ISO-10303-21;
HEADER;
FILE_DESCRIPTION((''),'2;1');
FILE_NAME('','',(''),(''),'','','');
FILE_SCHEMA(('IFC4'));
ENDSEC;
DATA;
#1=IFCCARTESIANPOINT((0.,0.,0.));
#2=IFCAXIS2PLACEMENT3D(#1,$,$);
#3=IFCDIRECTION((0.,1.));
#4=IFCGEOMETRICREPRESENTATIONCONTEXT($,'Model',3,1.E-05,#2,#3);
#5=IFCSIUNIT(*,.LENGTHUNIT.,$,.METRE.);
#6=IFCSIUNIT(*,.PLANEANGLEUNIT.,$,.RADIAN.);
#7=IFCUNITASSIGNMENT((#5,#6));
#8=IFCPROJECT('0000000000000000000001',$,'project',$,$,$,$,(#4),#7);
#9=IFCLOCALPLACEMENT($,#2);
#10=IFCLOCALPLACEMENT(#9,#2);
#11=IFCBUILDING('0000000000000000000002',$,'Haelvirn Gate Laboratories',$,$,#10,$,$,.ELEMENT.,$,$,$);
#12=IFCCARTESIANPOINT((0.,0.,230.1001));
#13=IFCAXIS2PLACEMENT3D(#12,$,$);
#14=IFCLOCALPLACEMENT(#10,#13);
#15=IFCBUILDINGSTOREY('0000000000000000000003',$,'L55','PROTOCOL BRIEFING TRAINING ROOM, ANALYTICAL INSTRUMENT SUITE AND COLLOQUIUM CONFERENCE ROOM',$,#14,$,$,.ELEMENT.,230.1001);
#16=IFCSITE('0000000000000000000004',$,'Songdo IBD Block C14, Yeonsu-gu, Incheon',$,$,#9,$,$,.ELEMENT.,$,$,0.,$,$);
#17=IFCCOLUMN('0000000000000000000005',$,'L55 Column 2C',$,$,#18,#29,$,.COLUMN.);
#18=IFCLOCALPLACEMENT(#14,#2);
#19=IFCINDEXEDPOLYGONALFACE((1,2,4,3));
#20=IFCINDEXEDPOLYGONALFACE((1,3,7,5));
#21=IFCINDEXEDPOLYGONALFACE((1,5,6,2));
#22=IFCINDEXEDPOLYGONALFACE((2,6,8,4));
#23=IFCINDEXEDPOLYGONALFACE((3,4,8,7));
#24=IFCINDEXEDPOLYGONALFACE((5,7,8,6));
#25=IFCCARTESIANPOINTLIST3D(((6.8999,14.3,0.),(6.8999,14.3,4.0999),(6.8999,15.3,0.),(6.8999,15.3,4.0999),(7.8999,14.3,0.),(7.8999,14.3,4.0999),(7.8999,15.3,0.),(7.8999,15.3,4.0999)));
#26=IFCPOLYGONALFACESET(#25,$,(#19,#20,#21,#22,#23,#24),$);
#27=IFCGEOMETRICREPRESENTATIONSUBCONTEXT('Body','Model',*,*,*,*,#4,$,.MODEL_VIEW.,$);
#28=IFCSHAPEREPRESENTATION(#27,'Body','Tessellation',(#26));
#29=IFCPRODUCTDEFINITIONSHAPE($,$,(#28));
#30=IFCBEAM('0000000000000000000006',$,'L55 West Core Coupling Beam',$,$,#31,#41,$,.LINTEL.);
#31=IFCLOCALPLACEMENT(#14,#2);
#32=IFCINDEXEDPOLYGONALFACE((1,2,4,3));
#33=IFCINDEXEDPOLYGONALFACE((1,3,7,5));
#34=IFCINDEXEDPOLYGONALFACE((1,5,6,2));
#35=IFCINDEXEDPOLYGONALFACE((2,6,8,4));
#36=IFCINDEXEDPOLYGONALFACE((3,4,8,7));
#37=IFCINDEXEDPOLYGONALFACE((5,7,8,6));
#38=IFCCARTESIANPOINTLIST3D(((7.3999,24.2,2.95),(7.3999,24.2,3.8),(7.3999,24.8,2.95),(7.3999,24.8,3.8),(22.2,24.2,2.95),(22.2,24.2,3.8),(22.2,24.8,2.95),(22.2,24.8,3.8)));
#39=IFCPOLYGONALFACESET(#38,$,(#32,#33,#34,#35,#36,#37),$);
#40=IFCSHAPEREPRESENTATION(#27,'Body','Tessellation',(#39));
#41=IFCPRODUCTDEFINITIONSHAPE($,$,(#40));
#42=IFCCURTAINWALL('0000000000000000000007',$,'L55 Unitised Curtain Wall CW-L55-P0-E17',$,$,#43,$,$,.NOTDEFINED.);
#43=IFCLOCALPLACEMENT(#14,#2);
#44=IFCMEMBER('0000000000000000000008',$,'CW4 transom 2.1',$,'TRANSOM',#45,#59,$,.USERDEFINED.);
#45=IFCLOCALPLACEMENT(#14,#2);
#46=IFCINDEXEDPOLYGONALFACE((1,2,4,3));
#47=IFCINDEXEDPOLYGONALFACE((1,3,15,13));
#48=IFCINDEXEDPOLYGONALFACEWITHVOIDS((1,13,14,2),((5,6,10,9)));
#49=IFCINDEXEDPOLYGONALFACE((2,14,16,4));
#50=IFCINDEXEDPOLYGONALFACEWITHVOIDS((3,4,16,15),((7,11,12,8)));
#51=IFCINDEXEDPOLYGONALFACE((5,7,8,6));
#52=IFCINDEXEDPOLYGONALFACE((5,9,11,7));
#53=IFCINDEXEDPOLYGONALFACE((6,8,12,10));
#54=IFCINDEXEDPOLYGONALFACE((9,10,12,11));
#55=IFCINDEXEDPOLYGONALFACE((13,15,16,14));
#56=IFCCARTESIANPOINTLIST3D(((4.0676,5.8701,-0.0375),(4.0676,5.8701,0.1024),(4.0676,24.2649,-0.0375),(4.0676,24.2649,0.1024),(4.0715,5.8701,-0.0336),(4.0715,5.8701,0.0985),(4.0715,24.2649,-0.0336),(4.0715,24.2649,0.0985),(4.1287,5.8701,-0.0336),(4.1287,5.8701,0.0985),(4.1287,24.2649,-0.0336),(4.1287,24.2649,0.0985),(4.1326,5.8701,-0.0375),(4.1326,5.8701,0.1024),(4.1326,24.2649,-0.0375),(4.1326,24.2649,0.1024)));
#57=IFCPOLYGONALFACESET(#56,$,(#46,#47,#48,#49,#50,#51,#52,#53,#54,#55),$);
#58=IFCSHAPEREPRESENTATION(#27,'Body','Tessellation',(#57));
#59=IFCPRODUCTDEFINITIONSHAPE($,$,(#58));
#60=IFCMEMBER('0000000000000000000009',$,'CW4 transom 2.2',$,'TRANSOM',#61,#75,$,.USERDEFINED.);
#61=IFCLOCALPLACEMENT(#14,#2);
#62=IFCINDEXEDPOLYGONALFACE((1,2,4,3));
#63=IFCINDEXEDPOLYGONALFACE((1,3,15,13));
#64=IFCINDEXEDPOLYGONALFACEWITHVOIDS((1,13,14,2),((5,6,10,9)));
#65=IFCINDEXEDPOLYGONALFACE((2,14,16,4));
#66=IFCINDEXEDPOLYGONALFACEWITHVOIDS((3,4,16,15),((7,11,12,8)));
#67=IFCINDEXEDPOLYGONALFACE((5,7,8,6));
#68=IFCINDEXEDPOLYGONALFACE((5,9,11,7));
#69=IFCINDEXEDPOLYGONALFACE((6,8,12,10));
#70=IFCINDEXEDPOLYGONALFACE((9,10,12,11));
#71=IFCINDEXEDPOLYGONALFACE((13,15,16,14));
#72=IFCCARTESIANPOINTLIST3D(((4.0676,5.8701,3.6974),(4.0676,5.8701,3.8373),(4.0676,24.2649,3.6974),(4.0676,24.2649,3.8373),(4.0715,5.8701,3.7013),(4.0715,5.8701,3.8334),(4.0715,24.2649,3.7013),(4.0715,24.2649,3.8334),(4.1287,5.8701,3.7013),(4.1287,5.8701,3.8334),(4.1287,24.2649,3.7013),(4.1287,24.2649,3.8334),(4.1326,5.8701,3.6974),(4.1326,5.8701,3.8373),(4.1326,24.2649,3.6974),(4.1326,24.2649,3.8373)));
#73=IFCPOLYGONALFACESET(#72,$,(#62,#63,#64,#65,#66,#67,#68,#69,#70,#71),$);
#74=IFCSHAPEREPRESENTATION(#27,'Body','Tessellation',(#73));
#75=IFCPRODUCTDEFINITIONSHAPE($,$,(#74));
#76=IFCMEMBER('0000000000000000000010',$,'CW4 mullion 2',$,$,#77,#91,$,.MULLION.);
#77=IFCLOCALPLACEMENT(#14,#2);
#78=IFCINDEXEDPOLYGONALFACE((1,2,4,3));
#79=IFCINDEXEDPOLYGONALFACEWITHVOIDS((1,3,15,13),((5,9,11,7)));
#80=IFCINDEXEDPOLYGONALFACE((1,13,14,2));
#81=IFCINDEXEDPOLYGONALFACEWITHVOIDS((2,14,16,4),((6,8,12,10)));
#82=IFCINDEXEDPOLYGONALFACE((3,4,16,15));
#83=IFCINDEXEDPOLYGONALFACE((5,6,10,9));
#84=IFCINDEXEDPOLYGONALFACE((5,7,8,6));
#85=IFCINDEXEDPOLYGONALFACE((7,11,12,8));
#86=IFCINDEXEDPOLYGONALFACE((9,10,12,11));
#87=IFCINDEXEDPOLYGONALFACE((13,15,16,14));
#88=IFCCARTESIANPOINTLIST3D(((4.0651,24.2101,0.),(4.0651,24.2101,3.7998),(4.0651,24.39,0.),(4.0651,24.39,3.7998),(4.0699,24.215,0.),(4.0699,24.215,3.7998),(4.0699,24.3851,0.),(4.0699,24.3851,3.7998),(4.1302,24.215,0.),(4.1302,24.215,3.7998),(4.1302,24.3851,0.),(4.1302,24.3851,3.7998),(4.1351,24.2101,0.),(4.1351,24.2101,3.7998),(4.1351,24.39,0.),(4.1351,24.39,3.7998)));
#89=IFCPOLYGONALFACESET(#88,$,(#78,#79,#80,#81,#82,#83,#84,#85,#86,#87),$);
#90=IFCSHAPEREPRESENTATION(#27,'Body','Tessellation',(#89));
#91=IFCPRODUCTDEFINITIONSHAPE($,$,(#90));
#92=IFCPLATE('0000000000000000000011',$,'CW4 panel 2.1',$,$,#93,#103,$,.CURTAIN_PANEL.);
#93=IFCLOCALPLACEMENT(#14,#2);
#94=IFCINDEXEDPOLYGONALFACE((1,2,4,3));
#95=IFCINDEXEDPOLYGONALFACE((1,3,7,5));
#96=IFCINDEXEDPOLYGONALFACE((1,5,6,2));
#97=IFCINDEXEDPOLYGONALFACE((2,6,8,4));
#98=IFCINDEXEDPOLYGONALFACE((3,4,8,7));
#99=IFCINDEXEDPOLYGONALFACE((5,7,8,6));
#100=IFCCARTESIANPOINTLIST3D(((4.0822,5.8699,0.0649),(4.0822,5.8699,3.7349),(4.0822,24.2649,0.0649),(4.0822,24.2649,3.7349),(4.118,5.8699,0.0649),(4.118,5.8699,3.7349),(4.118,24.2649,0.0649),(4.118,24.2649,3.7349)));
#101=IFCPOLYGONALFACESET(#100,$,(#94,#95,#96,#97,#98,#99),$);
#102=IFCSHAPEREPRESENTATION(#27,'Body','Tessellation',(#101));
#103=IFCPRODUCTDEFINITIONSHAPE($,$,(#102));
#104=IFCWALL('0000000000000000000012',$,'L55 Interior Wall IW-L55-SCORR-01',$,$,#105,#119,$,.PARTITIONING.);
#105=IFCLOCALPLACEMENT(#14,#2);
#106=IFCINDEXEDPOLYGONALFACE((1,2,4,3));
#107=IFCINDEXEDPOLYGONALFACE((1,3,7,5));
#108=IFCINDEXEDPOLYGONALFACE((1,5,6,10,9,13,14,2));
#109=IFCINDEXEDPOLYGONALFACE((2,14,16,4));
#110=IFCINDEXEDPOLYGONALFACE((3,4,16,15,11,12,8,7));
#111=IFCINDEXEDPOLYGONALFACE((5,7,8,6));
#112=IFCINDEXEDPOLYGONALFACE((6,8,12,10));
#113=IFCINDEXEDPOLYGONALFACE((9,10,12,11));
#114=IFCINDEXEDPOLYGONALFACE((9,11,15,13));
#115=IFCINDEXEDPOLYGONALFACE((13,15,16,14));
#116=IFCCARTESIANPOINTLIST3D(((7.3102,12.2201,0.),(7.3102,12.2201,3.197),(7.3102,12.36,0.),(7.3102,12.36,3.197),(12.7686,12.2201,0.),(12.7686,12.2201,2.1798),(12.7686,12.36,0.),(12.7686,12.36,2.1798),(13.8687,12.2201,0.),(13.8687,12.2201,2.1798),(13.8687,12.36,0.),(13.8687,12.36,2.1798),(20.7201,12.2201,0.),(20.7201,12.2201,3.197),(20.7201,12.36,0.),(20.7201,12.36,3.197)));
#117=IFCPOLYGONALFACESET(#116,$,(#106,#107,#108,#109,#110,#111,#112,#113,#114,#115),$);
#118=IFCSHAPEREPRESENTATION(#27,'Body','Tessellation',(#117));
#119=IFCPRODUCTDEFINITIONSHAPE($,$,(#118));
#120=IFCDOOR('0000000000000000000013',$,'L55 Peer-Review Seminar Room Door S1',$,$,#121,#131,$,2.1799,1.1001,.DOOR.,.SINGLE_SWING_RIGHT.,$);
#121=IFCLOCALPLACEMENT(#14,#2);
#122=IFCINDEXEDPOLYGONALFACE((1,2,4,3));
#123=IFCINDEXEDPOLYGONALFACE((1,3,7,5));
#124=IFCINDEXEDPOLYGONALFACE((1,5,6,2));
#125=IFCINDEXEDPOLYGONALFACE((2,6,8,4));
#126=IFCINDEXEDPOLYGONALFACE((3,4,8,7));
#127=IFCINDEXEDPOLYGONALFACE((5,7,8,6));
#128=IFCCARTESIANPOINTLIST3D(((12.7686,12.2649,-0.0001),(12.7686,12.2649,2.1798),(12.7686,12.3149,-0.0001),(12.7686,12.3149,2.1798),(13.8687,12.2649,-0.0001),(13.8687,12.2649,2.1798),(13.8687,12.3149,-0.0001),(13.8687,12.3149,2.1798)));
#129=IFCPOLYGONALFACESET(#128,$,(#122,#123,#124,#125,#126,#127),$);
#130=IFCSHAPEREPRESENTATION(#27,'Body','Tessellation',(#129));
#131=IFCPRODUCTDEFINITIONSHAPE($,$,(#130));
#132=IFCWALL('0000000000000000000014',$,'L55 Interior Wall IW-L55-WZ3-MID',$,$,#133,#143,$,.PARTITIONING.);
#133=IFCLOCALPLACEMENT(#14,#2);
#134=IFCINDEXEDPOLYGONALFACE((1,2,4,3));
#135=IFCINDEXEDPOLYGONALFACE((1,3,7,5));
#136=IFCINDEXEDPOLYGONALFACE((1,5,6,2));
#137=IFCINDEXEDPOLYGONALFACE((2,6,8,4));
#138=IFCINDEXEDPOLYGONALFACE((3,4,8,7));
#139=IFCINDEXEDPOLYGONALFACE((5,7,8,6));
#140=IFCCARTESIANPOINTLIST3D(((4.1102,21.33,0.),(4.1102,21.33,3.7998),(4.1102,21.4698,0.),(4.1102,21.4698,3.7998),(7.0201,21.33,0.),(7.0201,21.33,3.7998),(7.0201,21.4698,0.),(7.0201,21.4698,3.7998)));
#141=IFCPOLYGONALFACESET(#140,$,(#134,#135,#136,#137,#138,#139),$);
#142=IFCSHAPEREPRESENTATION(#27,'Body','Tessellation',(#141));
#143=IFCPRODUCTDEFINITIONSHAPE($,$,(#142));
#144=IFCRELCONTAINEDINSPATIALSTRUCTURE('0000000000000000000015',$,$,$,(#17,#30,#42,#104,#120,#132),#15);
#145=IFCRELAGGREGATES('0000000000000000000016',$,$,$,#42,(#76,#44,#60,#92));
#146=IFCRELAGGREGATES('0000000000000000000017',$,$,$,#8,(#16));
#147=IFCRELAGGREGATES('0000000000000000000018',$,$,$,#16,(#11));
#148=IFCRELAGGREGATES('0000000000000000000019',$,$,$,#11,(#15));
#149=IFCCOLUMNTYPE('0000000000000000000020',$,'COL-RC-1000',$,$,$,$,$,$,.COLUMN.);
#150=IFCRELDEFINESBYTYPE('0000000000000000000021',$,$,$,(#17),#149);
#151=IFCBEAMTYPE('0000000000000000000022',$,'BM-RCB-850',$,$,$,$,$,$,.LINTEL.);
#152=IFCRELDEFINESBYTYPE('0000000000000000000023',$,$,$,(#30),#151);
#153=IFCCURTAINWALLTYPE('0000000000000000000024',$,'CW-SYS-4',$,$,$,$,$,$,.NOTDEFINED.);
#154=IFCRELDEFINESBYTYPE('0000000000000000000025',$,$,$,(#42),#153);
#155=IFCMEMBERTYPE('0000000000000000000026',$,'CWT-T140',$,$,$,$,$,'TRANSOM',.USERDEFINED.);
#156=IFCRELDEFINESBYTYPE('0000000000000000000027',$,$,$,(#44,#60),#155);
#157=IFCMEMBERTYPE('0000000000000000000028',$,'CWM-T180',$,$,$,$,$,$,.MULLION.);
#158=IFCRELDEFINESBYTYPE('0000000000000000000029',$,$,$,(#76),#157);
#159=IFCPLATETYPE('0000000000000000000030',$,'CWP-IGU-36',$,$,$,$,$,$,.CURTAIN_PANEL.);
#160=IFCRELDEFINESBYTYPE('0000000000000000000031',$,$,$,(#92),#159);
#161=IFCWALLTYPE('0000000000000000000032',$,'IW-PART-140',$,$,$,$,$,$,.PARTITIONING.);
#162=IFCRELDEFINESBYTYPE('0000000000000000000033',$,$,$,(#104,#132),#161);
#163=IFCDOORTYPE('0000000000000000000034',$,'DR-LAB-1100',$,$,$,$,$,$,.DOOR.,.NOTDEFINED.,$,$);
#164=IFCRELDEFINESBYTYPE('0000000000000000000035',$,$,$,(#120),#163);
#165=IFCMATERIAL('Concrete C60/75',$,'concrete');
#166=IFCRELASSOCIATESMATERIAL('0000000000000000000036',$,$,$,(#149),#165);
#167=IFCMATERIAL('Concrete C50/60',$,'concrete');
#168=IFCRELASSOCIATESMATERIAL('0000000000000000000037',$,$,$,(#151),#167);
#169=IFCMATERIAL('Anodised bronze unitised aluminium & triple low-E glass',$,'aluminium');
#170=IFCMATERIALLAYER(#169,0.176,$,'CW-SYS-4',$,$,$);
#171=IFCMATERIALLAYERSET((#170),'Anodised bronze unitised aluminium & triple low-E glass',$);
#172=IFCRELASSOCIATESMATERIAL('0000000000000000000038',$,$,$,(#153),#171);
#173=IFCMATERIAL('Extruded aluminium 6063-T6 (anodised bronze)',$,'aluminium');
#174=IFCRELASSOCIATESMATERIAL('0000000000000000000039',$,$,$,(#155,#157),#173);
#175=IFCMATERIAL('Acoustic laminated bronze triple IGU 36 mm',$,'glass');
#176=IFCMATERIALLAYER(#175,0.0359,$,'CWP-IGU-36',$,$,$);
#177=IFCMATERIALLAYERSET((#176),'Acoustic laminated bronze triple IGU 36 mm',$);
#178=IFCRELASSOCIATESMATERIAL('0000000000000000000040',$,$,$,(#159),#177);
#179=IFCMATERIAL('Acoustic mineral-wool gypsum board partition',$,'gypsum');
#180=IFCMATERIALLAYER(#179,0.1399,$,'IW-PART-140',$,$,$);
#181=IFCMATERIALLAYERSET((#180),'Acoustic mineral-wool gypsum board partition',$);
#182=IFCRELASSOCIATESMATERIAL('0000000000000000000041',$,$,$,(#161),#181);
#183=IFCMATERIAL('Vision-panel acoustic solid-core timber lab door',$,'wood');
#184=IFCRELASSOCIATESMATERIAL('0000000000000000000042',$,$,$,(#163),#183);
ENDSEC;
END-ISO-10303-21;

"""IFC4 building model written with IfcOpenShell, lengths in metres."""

from ifc_helpers import new_model, si_unit, direction, frame, frame_2d, origin, origin_2d, place, context, subcontext, project, spatial, rectangle, hollow_rectangle, extrude, source, transform, mapped, material, layer, layer_set, material_profile, profile_set, type_object, type_shapes, element, fill, aggregate, save


model = new_model("IFC4")

# Units and contexts
model_context = context("Model", 3, precision=1e-05, world=origin(), true_north=direction((0.0, 1.0)))
body_context = subcontext(model_context, "Body", "Model", "MODEL_VIEW")
ifc_project = project(units=[si_unit("LENGTHUNIT", "METRE"), si_unit("PLANEANGLEUNIT", "RADIAN")], contexts=[model_context])

# Site, building, storey
site_placement = place(None, origin())
site = spatial("IfcSite", under=ifc_project, at=site_placement, Name="Songdo IBD Block C14, Yeonsu-gu, Incheon", CompositionType="ELEMENT", RefElevation=0.0)
building_placement = place(site_placement, origin())
building = spatial("IfcBuilding", under=site, at=building_placement, Name="Haelvirn Gate Laboratories", CompositionType="ELEMENT")
storey_placement = place(building_placement, frame((0.0, 0.0, 230.1001)))
storey = spatial("IfcBuildingStorey", under=building, at=storey_placement, Name="L55", Description="PROTOCOL BRIEFING TRAINING ROOM, ANALYTICAL INSTRUMENT SUITE AND COLLOQUIUM CONFERENCE ROOM", CompositionType="ELEMENT", Elevation=230.1001)

# Column
ifc_material_1 = material(Name="Concrete C60/75", Category="concrete")
ifc_material_profile_1 = material_profile(ifc_material_1, rectangle(XDim=1.0, YDim=1.0, at=origin_2d()), Name="RC-1000x1000")
ifc_profile_set_1 = profile_set([ifc_material_profile_1], Name="Concrete C60/75")
column_type = type_object("IfcColumnType", Name="COL-RC-1000", PredefinedType="COLUMN", material=ifc_profile_set_1)
shared_shape_1 = source(origin(), body_context, "Body", "SweptSolid", [
    extrude(rectangle(XDim=1.0, YDim=1.0, at=origin_2d()), origin(), (0.0, 0.0, 1.0), 4.0999),
])
type_shapes(column_type, [shared_shape_1])
column_placement = place(storey_placement, frame((7.3999, 14.8, 0.0), z_axis=(0.0, 0.0, 1.0), x_axis=(1.0, 0.0, 0.0)))
element("IfcColumn", 1, at=column_placement, inside=storey, type_object=column_type, Name="L55 Column 2C", PredefinedType="COLUMN", context=body_context, shape_type="MappedRepresentation", body=[
    mapped(shared_shape_1, transform((0.0, 0.0, 0.0), scale=1.0)),
])

# Beam
ifc_material_2 = material(Name="Concrete C50/60", Category="concrete")
ifc_material_profile_2 = material_profile(ifc_material_2, rectangle(XDim=0.6001, YDim=0.8501, at=origin_2d()), Name="RCB-600x850")
ifc_profile_set_2 = profile_set([ifc_material_profile_2], Name="Concrete C50/60")
beam_type = type_object("IfcBeamType", Name="BM-RCB-850", PredefinedType="LINTEL", material=ifc_profile_set_2)
shared_shape_2 = source(origin(), body_context, "Body", "SweptSolid", [
    extrude(rectangle(XDim=0.6001, YDim=0.8501, at=origin_2d()), origin(), (0.0, 0.0, 1.0), 14.8),
])
type_shapes(beam_type, [shared_shape_2])
beam_placement = place(storey_placement, frame((7.3999, 24.5, 3.375), z_axis=(1.0, 0.0, 0.0), x_axis=(0.0, 1.0, 0.0)))
element("IfcBeam", 2, at=beam_placement, inside=storey, type_object=beam_type, Name="L55 West Core Coupling Beam", PredefinedType="LINTEL", context=body_context, shape_type="MappedRepresentation", body=[
    mapped(shared_shape_2, transform((0.0, 0.0, 0.0), scale=1.0)),
])

# Curtain wall, members, plate
ifc_material_3 = material(Name="Anodised bronze unitised aluminium & triple low-E glass", Category="aluminium")
ifc_layer_1 = layer(ifc_material_3, 0.176, Name="CW-SYS-4")
ifc_layer_set_1 = layer_set([ifc_layer_1], Name="Anodised bronze unitised aluminium & triple low-E glass")
curtain_wall_type = type_object("IfcCurtainWallType", Name="CW-SYS-4", PredefinedType="NOTDEFINED", material=ifc_layer_set_1)
curtain_wall_placement = place(storey_placement, origin())
curtain_wall = element("IfcCurtainWall", 3, at=curtain_wall_placement, inside=storey, type_object=curtain_wall_type, Name="L55 Unitised Curtain Wall CW-L55-P0-E17", PredefinedType="NOTDEFINED")
ifc_material_4 = material(Name="Extruded aluminium 6063-T6 (anodised bronze)", Category="aluminium")
ifc_material_profile_3 = material_profile(ifc_material_4, hollow_rectangle(XDim=0.0649, YDim=0.1399, WallThickness=0.0039, at=origin_2d()), Name="CWT-140x65x4")
ifc_profile_set_3 = profile_set([ifc_material_profile_3], Name="Extruded aluminium 6063-T6 (anodised bronze)")
member_type_1 = type_object("IfcMemberType", Name="CWT-T140", ElementType="TRANSOM", PredefinedType="USERDEFINED", material=ifc_profile_set_3)
shared_shape_3 = source(origin(), body_context, "Body", "SweptSolid", [
    extrude(hollow_rectangle(XDim=0.0649, YDim=0.1399, WallThickness=0.0039, at=origin_2d()), origin(), (0.0, 0.0, 1.0), 18.3948),
])
type_shapes(member_type_1, [shared_shape_3])
member_1_placement = place(storey_placement, frame((4.1001, 24.2649, 0.0325), z_axis=(0.0, -1.0, 0.0), x_axis=(1.0, 0.0, 0.0)))
member_1 = element("IfcMember", 4, at=member_1_placement, type_object=member_type_1, Name="CW4 transom 2.1", ObjectType="TRANSOM", PredefinedType="USERDEFINED", context=body_context, shape_type="MappedRepresentation", body=[
    mapped(shared_shape_3, transform((0.0, 0.0, 0.0), scale=1.0)),
])
member_2_placement = place(storey_placement, frame((4.1001, 24.2649, 3.7673), z_axis=(0.0, -1.0, 0.0), x_axis=(1.0, 0.0, 0.0)))
member_2 = element("IfcMember", 5, at=member_2_placement, type_object=member_type_1, Name="CW4 transom 2.2", ObjectType="TRANSOM", PredefinedType="USERDEFINED", context=body_context, shape_type="MappedRepresentation", body=[
    mapped(shared_shape_3, transform((0.0, 0.0, 0.0), scale=1.0)),
])
ifc_material_profile_4 = material_profile(ifc_material_4, hollow_rectangle(XDim=0.0701, YDim=0.1799, WallThickness=0.0049, at=origin_2d()), Name="CWM-180x70x5")
ifc_profile_set_4 = profile_set([ifc_material_profile_4], Name="Extruded aluminium 6063-T6 (anodised bronze)")
member_type_2 = type_object("IfcMemberType", Name="CWM-T180", PredefinedType="MULLION", material=ifc_profile_set_4)
shared_shape_4 = source(origin(), body_context, "Body", "SweptSolid", [
    extrude(hollow_rectangle(XDim=0.0701, YDim=0.1799, WallThickness=0.0049, at=origin_2d()), origin(), (0.0, 0.0, 1.0), 3.7998),
])
type_shapes(member_type_2, [shared_shape_4])
member_3_placement = place(storey_placement, frame((4.1001, 24.3, 0.0), z_axis=(0.0, 0.0, 1.0), x_axis=(1.0, 0.0, 0.0)))
member_3 = element("IfcMember", 6, at=member_3_placement, type_object=member_type_2, Name="CW4 mullion 2", PredefinedType="MULLION", context=body_context, shape_type="MappedRepresentation", body=[
    mapped(shared_shape_4, transform((0.0, 0.0, 0.0), scale=1.0)),
])
ifc_material_5 = material(Name="Acoustic laminated bronze triple IGU 36 mm", Category="glass")
ifc_layer_2 = layer(ifc_material_5, 0.0359, Name="CWP-IGU-36")
ifc_layer_set_2 = layer_set([ifc_layer_2], Name="Acoustic laminated bronze triple IGU 36 mm")
plate_type = type_object("IfcPlateType", Name="CWP-IGU-36", PredefinedType="CURTAIN_PANEL", material=ifc_layer_set_2)
shared_shape_5 = source(origin(), body_context, "Body", "SweptSolid", [
    extrude(rectangle(XDim=18.395, YDim=0.0359, at=origin_2d()), origin(), (0.0, 0.0, 1.0), 3.6699),
])
type_shapes(plate_type, [shared_shape_5])
plate_placement = place(storey_placement, frame((4.1001, 15.0674, 0.0649), z_axis=(0.0, 0.0, 1.0), x_axis=(0.0, -1.0, 0.0)))
plate = element("IfcPlate", 7, at=plate_placement, type_object=plate_type, Name="CW4 panel 2.1", PredefinedType="CURTAIN_PANEL", context=body_context, shape_type="MappedRepresentation", body=[
    mapped(shared_shape_5, transform((0.0, 0.0, 0.0), scale=1.0)),
])
aggregate(curtain_wall, [member_3, member_1, member_2, plate])

# Wall, opening, door
ifc_material_6 = material(Name="Acoustic mineral-wool gypsum board partition", Category="gypsum")
ifc_layer_3 = layer(ifc_material_6, 0.1399, Name="IW-PART-140")
ifc_layer_set_3 = layer_set([ifc_layer_3], Name="Acoustic mineral-wool gypsum board partition")
wall_type_1 = type_object("IfcWallType", Name="IW-PART-140", PredefinedType="PARTITIONING", material=ifc_layer_set_3)
wall_1_placement = place(storey_placement, frame((7.3101, 12.29, 0.0), z_axis=(0.0, 0.0, 1.0), x_axis=(1.0, 0.0, 0.0)))
wall_1 = element("IfcWall", 8, at=wall_1_placement, inside=storey, type_object=wall_type_1, Name="L55 Interior Wall IW-L55-SCORR-01", PredefinedType="PARTITIONING", context=body_context, shape_type="SweptSolid", body=[
    extrude(rectangle(XDim=13.4099, YDim=0.1399, at=frame_2d((6.7051, 0.0))), origin(), (0.0, 0.0, 1.0), 3.197),
])
opening_1_placement = place(wall_1_placement, frame((5.4585, 0.0, 0.0)))
opening_1 = element("IfcOpeningElement", 9, at=opening_1_placement, cuts=wall_1, PredefinedType="OPENING", context=body_context, shape_type="SweptSolid", body=[
    extrude(rectangle(XDim=1.1001, YDim=2.1799, at=frame_2d((0.55, 1.0898))), frame((0.0, 0.0801, 0.0), z_axis=(0.0, -1.0, 0.0), x_axis=(1.0, 0.0, 0.0)), (0.0, 0.0, 1.0), 0.1599),
])
ifc_material_7 = material(Name="Vision-panel acoustic solid-core timber lab door", Category="wood")
door_type_1 = type_object("IfcDoorType", Name="DR-LAB-1100", OperationType="NOTDEFINED", PredefinedType="DOOR", material=ifc_material_7)
shared_shape_6 = source(origin(), body_context, "Body", "SweptSolid", [
    extrude(rectangle(XDim=1.1001, YDim=2.1799, at=frame_2d((0.55, 1.0898))), frame((0.0, 0.0249, 0.0), z_axis=(0.0, -1.0, 0.0), x_axis=(1.0, 0.0, 0.0)), (0.0, 0.0, 1.0), 0.05),
])
type_shapes(door_type_1, [shared_shape_6])
door_1_placement = place(opening_1_placement, origin())
door_1 = element("IfcDoor", 10, at=door_1_placement, inside=storey, type_object=door_type_1, Name="L55 Peer-Review Seminar Room Door S1", OperationType="SINGLE_SWING_RIGHT", OverallHeight=2.1799, OverallWidth=1.1001, PredefinedType="DOOR", context=body_context, shape_type="MappedRepresentation", body=[
    mapped(shared_shape_6, transform((0.0, 0.0, 0.0), scale=1.0)),
])
fill(opening_1, door_1)

# Wall
wall_2_placement = place(storey_placement, frame((4.1101, 21.3999, 0.0), z_axis=(0.0, 0.0, 1.0), x_axis=(1.0, 0.0, 0.0)))
element("IfcWall", 11, at=wall_2_placement, inside=storey, type_object=wall_type_1, Name="L55 Interior Wall IW-L55-WZ3-MID", PredefinedType="PARTITIONING", context=body_context, shape_type="SweptSolid", body=[
    extrude(rectangle(XDim=2.9099, YDim=0.1399, at=frame_2d((1.4551, 0.0))), origin(), (0.0, 0.0, 1.0), 3.7998),
])

save(model, "model.ifc")
